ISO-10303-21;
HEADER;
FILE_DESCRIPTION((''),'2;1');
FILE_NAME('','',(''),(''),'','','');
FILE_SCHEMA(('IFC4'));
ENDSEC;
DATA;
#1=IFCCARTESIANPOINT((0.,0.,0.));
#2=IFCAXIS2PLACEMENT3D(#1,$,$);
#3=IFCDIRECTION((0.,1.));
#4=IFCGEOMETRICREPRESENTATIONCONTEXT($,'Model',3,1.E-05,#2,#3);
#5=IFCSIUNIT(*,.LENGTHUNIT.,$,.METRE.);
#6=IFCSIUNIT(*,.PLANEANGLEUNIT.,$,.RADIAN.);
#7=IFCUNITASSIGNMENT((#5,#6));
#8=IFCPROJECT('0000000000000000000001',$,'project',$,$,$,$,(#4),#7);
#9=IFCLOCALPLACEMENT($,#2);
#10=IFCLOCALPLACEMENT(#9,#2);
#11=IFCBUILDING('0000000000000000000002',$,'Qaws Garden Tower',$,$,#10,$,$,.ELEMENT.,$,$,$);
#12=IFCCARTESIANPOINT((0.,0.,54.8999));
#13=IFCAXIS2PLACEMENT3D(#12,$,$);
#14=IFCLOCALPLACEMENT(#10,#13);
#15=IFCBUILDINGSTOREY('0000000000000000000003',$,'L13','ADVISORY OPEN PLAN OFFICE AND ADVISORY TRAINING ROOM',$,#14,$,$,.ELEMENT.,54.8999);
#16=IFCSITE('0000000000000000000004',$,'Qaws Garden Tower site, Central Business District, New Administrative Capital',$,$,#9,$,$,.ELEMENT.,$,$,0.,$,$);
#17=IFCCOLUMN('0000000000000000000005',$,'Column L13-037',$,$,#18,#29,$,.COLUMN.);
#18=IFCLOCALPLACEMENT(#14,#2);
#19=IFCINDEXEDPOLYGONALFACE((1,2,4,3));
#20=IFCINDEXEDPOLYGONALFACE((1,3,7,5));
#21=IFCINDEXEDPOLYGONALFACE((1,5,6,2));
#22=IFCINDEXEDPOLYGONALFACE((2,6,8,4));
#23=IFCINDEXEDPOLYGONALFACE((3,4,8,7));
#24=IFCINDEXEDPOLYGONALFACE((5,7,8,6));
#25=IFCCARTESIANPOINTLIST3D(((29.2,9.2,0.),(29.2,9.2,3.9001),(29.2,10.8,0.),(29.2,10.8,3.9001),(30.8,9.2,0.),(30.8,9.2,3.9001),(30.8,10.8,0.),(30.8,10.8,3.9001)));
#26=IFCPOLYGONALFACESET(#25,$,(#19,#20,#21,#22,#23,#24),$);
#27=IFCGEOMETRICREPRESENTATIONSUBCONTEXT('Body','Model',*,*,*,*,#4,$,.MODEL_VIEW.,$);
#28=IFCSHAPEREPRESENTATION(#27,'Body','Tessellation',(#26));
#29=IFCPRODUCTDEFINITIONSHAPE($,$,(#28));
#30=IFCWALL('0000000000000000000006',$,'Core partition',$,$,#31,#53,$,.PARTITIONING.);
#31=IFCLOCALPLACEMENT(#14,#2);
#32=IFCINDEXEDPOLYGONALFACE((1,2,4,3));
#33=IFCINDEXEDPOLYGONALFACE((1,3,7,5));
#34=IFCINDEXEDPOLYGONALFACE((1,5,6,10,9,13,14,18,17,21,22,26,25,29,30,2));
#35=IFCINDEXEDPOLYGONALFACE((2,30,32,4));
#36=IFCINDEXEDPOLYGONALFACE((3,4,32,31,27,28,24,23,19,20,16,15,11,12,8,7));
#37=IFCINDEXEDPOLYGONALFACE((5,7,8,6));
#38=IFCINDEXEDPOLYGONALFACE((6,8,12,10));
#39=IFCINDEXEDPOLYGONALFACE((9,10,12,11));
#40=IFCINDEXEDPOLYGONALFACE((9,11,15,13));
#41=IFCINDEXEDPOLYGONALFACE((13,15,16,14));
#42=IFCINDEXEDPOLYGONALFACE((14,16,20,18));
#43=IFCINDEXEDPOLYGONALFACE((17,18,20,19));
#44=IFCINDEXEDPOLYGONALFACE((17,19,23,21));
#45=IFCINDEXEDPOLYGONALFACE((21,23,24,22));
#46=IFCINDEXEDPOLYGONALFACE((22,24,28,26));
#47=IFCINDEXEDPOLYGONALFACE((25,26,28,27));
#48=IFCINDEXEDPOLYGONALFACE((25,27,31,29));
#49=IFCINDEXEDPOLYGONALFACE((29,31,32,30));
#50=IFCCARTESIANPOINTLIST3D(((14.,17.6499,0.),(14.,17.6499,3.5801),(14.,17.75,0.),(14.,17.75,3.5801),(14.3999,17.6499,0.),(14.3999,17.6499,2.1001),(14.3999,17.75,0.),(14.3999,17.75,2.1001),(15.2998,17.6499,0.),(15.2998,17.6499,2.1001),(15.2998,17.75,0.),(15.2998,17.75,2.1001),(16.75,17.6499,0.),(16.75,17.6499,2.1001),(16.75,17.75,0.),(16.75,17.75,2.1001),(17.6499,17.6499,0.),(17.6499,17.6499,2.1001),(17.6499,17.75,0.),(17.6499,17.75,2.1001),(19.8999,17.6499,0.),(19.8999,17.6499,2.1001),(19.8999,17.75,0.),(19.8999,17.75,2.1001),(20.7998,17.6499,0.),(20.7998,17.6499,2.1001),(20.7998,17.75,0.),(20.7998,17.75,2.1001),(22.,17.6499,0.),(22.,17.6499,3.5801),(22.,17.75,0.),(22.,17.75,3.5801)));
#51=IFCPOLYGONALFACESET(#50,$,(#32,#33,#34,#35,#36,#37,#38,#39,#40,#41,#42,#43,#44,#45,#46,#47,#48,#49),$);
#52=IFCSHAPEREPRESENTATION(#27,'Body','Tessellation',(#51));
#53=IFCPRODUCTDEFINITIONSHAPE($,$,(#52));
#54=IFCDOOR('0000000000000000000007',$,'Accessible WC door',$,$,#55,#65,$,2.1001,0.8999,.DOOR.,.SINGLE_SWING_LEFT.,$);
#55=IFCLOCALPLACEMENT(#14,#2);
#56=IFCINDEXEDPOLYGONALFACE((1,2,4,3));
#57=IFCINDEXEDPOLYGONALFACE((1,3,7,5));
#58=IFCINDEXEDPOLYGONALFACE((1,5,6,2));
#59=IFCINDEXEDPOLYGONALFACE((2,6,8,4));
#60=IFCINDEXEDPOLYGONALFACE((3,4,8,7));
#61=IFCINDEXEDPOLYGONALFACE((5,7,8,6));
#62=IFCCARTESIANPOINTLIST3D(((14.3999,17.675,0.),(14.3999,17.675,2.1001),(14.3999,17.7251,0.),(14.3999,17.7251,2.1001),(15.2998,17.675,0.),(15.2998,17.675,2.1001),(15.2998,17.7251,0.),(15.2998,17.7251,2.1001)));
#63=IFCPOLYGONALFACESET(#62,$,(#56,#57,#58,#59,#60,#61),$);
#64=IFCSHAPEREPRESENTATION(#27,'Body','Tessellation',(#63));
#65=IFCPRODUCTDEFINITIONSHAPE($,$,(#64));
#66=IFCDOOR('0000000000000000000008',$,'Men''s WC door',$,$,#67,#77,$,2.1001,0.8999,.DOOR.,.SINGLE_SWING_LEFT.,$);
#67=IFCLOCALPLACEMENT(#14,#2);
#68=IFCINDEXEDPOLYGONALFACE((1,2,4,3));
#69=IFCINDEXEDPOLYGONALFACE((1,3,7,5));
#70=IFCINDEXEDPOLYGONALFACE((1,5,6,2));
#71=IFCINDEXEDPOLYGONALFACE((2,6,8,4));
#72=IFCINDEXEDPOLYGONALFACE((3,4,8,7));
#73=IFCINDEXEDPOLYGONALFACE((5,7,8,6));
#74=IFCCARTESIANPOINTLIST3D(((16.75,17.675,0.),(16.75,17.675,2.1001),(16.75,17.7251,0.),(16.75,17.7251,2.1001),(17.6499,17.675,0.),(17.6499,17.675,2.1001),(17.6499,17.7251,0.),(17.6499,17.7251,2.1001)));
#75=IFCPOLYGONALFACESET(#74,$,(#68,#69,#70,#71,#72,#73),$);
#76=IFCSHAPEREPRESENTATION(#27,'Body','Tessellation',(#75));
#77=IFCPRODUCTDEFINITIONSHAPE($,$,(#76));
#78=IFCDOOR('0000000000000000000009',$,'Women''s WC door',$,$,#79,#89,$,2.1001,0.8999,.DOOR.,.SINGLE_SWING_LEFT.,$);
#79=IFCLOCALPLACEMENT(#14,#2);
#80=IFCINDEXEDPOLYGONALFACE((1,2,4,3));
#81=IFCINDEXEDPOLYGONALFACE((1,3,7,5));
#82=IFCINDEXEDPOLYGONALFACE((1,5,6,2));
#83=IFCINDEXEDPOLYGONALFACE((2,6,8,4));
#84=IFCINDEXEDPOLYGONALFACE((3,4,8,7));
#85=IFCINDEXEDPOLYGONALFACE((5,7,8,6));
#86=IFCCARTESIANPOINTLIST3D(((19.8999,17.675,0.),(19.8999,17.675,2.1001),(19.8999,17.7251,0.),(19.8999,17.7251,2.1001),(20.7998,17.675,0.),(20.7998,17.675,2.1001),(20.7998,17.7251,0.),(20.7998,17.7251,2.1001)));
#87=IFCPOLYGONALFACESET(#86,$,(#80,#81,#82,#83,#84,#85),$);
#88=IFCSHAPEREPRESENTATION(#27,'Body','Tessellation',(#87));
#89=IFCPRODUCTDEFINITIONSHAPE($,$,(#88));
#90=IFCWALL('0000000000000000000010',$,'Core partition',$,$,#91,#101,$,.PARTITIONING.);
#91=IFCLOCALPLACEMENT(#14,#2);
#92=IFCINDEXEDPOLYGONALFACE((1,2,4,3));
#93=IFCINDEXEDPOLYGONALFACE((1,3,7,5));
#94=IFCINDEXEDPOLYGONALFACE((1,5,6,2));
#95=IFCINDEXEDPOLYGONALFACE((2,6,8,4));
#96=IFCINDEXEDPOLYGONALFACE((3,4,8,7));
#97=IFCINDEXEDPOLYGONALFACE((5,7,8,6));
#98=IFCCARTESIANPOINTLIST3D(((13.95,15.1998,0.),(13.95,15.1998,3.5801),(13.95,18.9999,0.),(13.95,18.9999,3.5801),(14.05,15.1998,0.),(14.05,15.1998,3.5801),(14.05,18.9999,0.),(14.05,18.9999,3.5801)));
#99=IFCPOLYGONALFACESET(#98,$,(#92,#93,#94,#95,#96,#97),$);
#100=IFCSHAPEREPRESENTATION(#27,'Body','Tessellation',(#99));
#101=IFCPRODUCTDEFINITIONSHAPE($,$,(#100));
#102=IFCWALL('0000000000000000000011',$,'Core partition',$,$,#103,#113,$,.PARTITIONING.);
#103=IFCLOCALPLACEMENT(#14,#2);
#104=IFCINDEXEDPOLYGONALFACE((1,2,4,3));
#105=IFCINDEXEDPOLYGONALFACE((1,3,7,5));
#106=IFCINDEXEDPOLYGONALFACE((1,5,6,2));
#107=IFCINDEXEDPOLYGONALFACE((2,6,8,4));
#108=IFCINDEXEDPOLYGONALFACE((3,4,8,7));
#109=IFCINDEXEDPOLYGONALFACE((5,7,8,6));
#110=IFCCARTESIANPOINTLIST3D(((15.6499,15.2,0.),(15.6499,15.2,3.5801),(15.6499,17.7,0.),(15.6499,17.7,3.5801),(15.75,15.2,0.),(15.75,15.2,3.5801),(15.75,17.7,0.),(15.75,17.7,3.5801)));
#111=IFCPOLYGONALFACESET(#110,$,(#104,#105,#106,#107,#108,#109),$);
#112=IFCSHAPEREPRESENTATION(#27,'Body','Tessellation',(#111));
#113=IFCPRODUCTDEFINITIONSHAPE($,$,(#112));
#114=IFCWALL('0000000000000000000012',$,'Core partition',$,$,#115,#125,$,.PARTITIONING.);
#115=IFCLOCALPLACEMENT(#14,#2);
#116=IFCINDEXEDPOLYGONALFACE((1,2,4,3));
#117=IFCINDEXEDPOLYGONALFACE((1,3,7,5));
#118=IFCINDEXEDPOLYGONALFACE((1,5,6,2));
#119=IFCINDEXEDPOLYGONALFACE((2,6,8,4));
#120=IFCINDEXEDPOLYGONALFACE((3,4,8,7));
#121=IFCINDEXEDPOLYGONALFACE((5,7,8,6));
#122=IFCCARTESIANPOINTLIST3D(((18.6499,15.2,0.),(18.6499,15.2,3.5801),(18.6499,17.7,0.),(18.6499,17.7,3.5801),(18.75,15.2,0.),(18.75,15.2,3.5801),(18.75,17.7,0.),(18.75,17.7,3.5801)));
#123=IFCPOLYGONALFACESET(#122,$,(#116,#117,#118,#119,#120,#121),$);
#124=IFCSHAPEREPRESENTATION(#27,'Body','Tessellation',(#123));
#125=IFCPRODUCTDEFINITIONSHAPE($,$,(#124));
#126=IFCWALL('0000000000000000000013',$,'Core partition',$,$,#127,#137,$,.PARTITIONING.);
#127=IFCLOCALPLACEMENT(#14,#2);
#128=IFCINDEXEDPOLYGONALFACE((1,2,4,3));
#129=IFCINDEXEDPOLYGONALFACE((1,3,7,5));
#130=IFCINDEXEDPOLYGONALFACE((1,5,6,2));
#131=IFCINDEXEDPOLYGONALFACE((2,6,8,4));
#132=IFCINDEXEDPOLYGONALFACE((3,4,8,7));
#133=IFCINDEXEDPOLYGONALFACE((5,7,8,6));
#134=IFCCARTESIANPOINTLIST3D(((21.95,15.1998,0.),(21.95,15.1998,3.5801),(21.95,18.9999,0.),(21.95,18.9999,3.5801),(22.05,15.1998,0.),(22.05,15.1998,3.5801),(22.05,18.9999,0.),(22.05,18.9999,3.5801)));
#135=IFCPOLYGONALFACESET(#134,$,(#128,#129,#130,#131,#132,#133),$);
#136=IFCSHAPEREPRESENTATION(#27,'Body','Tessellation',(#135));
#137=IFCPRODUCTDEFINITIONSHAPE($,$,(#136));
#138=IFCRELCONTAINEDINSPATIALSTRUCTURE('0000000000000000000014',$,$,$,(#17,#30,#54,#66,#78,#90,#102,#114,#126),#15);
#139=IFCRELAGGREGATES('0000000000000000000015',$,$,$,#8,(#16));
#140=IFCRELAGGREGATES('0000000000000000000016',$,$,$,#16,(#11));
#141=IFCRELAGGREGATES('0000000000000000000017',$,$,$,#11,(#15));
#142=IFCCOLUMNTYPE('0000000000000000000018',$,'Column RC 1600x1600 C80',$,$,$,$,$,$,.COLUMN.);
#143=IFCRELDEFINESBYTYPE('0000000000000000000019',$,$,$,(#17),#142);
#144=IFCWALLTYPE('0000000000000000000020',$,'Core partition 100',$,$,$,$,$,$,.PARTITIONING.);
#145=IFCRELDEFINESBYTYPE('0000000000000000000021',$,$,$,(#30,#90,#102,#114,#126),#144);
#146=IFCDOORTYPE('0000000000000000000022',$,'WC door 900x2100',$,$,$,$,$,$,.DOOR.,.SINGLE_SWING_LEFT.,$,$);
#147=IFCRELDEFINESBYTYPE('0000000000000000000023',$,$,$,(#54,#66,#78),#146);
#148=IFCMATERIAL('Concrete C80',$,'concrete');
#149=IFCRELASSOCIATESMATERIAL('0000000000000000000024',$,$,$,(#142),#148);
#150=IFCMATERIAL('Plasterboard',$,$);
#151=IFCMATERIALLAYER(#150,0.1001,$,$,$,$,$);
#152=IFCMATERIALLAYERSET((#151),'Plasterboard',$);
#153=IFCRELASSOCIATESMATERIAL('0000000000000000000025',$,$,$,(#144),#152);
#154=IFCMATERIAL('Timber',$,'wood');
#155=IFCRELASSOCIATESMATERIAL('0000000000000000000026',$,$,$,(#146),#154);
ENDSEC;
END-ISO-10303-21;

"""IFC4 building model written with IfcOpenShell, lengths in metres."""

from ifc_helpers import new_model, si_unit, direction, frame, frame_2d, origin, origin_2d, place, context, subcontext, project, spatial, rectangle, extrude, material, layer, layer_set, material_profile, profile_set, type_object, element, fill, save


model = new_model("IFC4")

# Units and contexts
model_context = context("Model", 3, precision=1e-05, world=origin(), true_north=direction((0.0, 1.0)))
body_context = subcontext(model_context, "Body", "Model", "MODEL_VIEW")
ifc_project = project(units=[si_unit("LENGTHUNIT", "METRE"), si_unit("PLANEANGLEUNIT", "RADIAN")], contexts=[model_context])

# Site, building, storey
site_placement = place(None, origin())
site = spatial("IfcSite", under=ifc_project, at=site_placement, Name="Qaws Garden Tower site, Central Business District, New Administrative Capital", CompositionType="ELEMENT", RefElevation=0.0)
building_placement = place(site_placement, origin())
building = spatial("IfcBuilding", under=site, at=building_placement, Name="Qaws Garden Tower", CompositionType="ELEMENT")
storey_placement = place(building_placement, frame((0.0, 0.0, 54.8999)))
storey = spatial("IfcBuildingStorey", under=building, at=storey_placement, Name="L13", Description="ADVISORY OPEN PLAN OFFICE AND ADVISORY TRAINING ROOM", CompositionType="ELEMENT", Elevation=54.8999)

# Column
ifc_material_1 = material(Name="Concrete C80", Category="concrete")
ifc_material_profile = material_profile(ifc_material_1, rectangle(XDim=1.6001, YDim=1.6001, at=origin_2d()), Name="RC 1600x1600")
ifc_profile_set = profile_set([ifc_material_profile], Name="Concrete C80")
column_type = type_object("IfcColumnType", Name="Column RC 1600x1600 C80", PredefinedType="COLUMN", material=ifc_profile_set)
column_placement = place(storey_placement, frame((30.0, 10.0, 0.0), z_axis=(0.0, 0.0, 1.0), x_axis=(1.0, 0.0, 0.0)))
element("IfcColumn", 1, at=column_placement, inside=storey, type_object=column_type, Name="Column L13-037", PredefinedType="COLUMN", context=body_context, shape_type="SweptSolid", body=[
    extrude(rectangle(XDim=1.6001, YDim=1.6001, at=origin_2d()), origin(), (0.0, 0.0, 1.0), 3.9001),
])

# Wall, openings, doors
ifc_material_2 = material(Name="Plasterboard")
ifc_layer_1 = layer(ifc_material_2, 0.1001)
ifc_layer_set_1 = layer_set([ifc_layer_1], Name="Plasterboard")
wall_type_1 = type_object("IfcWallType", Name="Core partition 100", PredefinedType="PARTITIONING", material=ifc_layer_set_1)
wall_1_placement = place(storey_placement, frame((14.0, 17.7, 0.0), z_axis=(0.0, 0.0, 1.0), x_axis=(1.0, 0.0, 0.0)))
wall_1 = element("IfcWall", 2, at=wall_1_placement, inside=storey, type_object=wall_type_1, Name="Core partition", PredefinedType="PARTITIONING", context=body_context, shape_type="SweptSolid", body=[
    extrude(rectangle(XDim=8.0, YDim=0.1001, at=frame_2d((4.0, 0.0))), origin(), (0.0, 0.0, 1.0), 3.5801),
])
opening_1_placement = place(wall_1_placement, frame((0.3999, 0.0, 0.0)))
opening_1 = element("IfcOpeningElement", 3, at=opening_1_placement, cuts=wall_1, PredefinedType="OPENING", context=body_context, shape_type="SweptSolid", body=[
    extrude(rectangle(XDim=0.8999, YDim=2.1001, at=frame_2d((0.45, 1.05))), frame((0.0, 0.0601, 0.0), z_axis=(0.0, -1.0, 0.0), x_axis=(1.0, 0.0, 0.0)), (0.0, 0.0, 1.0), 0.1201),
])
opening_2_placement = place(wall_1_placement, frame((2.75, 0.0, 0.0)))
opening_2 = element("IfcOpeningElement", 4, at=opening_2_placement, cuts=wall_1, PredefinedType="OPENING", context=body_context, shape_type="SweptSolid", body=[
    extrude(rectangle(XDim=0.8999, YDim=2.1001, at=frame_2d((0.45, 1.05))), frame((0.0, 0.0601, 0.0), z_axis=(0.0, -1.0, 0.0), x_axis=(1.0, 0.0, 0.0)), (0.0, 0.0, 1.0), 0.1201),
])
opening_3_placement = place(wall_1_placement, frame((5.8999, 0.0, 0.0)))
opening_3 = element("IfcOpeningElement", 5, at=opening_3_placement, cuts=wall_1, PredefinedType="OPENING", context=body_context, shape_type="SweptSolid", body=[
    extrude(rectangle(XDim=0.8999, YDim=2.1001, at=frame_2d((0.45, 1.05))), frame((0.0, 0.0601, 0.0), z_axis=(0.0, -1.0, 0.0), x_axis=(1.0, 0.0, 0.0)), (0.0, 0.0, 1.0), 0.1201),
])
ifc_material_3 = material(Name="Timber", Category="wood")
door_type_1 = type_object("IfcDoorType", Name="WC door 900x2100", OperationType="SINGLE_SWING_LEFT", PredefinedType="DOOR", material=ifc_material_3)
door_1_placement = place(opening_1_placement, frame((0.8999, 0.0, 0.0), z_axis=(0.0, 0.0, 1.0), x_axis=(-1.0, 0.0, 0.0)))
door_1 = element("IfcDoor", 6, at=door_1_placement, inside=storey, type_object=door_type_1, Name="Accessible WC door", OperationType="SINGLE_SWING_LEFT", OverallHeight=2.1001, OverallWidth=0.8999, PredefinedType="DOOR", context=body_context, shape_type="SweptSolid", body=[
    extrude(rectangle(XDim=0.8999, YDim=2.1001, at=frame_2d((0.45, 1.05))), frame((0.0, 0.0249, 0.0), z_axis=(0.0, -1.0, 0.0), x_axis=(1.0, 0.0, 0.0)), (0.0, 0.0, 1.0), 0.05),
])
fill(opening_1, door_1)
door_2_placement = place(opening_2_placement, frame((0.8999, 0.0, 0.0), z_axis=(0.0, 0.0, 1.0), x_axis=(-1.0, 0.0, 0.0)))
door_2 = element("IfcDoor", 7, at=door_2_placement, inside=storey, type_object=door_type_1, Name="Men's WC door", OperationType="SINGLE_SWING_LEFT", OverallHeight=2.1001, OverallWidth=0.8999, PredefinedType="DOOR", context=body_context, shape_type="SweptSolid", body=[
    extrude(rectangle(XDim=0.8999, YDim=2.1001, at=frame_2d((0.45, 1.05))), frame((0.0, 0.0249, 0.0), z_axis=(0.0, -1.0, 0.0), x_axis=(1.0, 0.0, 0.0)), (0.0, 0.0, 1.0), 0.05),
])
fill(opening_2, door_2)
door_3_placement = place(opening_3_placement, frame((0.8999, 0.0, 0.0), z_axis=(0.0, 0.0, 1.0), x_axis=(-1.0, 0.0, 0.0)))
door_3 = element("IfcDoor", 8, at=door_3_placement, inside=storey, type_object=door_type_1, Name="Women's WC door", OperationType="SINGLE_SWING_LEFT", OverallHeight=2.1001, OverallWidth=0.8999, PredefinedType="DOOR", context=body_context, shape_type="SweptSolid", body=[
    extrude(rectangle(XDim=0.8999, YDim=2.1001, at=frame_2d((0.45, 1.05))), frame((0.0, 0.0249, 0.0), z_axis=(0.0, -1.0, 0.0), x_axis=(1.0, 0.0, 0.0)), (0.0, 0.0, 1.0), 0.05),
])
fill(opening_3, door_3)

# Walls
wall_2_placement = place(storey_placement, frame((14.0, 15.2, 0.0), z_axis=(0.0, 0.0, 1.0), x_axis=(0.0, 1.0, 0.0)))
element("IfcWall", 9, at=wall_2_placement, inside=storey, type_object=wall_type_1, Name="Core partition", PredefinedType="PARTITIONING", context=body_context, shape_type="SweptSolid", body=[
    extrude(rectangle(XDim=3.8, YDim=0.1001, at=frame_2d((1.8999, 0.0))), origin(), (0.0, 0.0, 1.0), 3.5801),
])
for number, where, z_axis, x_axis, name in (
    (10, (15.7, 15.2, 0.0), (0.0, 0.0, 1.0), (0.0, 1.0, 0.0), "Core partition"),
    (11, (18.7, 15.2, 0.0), (0.0, 0.0, 1.0), (0.0, 1.0, 0.0), "Core partition"),
):
    element("IfcWall", number, at=place(storey_placement, frame(where, z_axis=z_axis, x_axis=x_axis)), inside=storey, type_object=wall_type_1, Name=name, PredefinedType="PARTITIONING", context=body_context, shape_type="SweptSolid", body=[
        extrude(rectangle(XDim=2.5, YDim=0.1001, at=frame_2d((1.25, 0.0))), origin(), (0.0, 0.0, 1.0), 3.5801),
    ])
wall_3_placement = place(storey_placement, frame((22.0, 15.2, 0.0), z_axis=(0.0, 0.0, 1.0), x_axis=(0.0, 1.0, 0.0)))
element("IfcWall", 12, at=wall_3_placement, inside=storey, type_object=wall_type_1, Name="Core partition", PredefinedType="PARTITIONING", context=body_context, shape_type="SweptSolid", body=[
    extrude(rectangle(XDim=3.8, YDim=0.1001, at=frame_2d((1.8999, 0.0))), origin(), (0.0, 0.0, 1.0), 3.5801),
])

save(model, "model.ifc")
